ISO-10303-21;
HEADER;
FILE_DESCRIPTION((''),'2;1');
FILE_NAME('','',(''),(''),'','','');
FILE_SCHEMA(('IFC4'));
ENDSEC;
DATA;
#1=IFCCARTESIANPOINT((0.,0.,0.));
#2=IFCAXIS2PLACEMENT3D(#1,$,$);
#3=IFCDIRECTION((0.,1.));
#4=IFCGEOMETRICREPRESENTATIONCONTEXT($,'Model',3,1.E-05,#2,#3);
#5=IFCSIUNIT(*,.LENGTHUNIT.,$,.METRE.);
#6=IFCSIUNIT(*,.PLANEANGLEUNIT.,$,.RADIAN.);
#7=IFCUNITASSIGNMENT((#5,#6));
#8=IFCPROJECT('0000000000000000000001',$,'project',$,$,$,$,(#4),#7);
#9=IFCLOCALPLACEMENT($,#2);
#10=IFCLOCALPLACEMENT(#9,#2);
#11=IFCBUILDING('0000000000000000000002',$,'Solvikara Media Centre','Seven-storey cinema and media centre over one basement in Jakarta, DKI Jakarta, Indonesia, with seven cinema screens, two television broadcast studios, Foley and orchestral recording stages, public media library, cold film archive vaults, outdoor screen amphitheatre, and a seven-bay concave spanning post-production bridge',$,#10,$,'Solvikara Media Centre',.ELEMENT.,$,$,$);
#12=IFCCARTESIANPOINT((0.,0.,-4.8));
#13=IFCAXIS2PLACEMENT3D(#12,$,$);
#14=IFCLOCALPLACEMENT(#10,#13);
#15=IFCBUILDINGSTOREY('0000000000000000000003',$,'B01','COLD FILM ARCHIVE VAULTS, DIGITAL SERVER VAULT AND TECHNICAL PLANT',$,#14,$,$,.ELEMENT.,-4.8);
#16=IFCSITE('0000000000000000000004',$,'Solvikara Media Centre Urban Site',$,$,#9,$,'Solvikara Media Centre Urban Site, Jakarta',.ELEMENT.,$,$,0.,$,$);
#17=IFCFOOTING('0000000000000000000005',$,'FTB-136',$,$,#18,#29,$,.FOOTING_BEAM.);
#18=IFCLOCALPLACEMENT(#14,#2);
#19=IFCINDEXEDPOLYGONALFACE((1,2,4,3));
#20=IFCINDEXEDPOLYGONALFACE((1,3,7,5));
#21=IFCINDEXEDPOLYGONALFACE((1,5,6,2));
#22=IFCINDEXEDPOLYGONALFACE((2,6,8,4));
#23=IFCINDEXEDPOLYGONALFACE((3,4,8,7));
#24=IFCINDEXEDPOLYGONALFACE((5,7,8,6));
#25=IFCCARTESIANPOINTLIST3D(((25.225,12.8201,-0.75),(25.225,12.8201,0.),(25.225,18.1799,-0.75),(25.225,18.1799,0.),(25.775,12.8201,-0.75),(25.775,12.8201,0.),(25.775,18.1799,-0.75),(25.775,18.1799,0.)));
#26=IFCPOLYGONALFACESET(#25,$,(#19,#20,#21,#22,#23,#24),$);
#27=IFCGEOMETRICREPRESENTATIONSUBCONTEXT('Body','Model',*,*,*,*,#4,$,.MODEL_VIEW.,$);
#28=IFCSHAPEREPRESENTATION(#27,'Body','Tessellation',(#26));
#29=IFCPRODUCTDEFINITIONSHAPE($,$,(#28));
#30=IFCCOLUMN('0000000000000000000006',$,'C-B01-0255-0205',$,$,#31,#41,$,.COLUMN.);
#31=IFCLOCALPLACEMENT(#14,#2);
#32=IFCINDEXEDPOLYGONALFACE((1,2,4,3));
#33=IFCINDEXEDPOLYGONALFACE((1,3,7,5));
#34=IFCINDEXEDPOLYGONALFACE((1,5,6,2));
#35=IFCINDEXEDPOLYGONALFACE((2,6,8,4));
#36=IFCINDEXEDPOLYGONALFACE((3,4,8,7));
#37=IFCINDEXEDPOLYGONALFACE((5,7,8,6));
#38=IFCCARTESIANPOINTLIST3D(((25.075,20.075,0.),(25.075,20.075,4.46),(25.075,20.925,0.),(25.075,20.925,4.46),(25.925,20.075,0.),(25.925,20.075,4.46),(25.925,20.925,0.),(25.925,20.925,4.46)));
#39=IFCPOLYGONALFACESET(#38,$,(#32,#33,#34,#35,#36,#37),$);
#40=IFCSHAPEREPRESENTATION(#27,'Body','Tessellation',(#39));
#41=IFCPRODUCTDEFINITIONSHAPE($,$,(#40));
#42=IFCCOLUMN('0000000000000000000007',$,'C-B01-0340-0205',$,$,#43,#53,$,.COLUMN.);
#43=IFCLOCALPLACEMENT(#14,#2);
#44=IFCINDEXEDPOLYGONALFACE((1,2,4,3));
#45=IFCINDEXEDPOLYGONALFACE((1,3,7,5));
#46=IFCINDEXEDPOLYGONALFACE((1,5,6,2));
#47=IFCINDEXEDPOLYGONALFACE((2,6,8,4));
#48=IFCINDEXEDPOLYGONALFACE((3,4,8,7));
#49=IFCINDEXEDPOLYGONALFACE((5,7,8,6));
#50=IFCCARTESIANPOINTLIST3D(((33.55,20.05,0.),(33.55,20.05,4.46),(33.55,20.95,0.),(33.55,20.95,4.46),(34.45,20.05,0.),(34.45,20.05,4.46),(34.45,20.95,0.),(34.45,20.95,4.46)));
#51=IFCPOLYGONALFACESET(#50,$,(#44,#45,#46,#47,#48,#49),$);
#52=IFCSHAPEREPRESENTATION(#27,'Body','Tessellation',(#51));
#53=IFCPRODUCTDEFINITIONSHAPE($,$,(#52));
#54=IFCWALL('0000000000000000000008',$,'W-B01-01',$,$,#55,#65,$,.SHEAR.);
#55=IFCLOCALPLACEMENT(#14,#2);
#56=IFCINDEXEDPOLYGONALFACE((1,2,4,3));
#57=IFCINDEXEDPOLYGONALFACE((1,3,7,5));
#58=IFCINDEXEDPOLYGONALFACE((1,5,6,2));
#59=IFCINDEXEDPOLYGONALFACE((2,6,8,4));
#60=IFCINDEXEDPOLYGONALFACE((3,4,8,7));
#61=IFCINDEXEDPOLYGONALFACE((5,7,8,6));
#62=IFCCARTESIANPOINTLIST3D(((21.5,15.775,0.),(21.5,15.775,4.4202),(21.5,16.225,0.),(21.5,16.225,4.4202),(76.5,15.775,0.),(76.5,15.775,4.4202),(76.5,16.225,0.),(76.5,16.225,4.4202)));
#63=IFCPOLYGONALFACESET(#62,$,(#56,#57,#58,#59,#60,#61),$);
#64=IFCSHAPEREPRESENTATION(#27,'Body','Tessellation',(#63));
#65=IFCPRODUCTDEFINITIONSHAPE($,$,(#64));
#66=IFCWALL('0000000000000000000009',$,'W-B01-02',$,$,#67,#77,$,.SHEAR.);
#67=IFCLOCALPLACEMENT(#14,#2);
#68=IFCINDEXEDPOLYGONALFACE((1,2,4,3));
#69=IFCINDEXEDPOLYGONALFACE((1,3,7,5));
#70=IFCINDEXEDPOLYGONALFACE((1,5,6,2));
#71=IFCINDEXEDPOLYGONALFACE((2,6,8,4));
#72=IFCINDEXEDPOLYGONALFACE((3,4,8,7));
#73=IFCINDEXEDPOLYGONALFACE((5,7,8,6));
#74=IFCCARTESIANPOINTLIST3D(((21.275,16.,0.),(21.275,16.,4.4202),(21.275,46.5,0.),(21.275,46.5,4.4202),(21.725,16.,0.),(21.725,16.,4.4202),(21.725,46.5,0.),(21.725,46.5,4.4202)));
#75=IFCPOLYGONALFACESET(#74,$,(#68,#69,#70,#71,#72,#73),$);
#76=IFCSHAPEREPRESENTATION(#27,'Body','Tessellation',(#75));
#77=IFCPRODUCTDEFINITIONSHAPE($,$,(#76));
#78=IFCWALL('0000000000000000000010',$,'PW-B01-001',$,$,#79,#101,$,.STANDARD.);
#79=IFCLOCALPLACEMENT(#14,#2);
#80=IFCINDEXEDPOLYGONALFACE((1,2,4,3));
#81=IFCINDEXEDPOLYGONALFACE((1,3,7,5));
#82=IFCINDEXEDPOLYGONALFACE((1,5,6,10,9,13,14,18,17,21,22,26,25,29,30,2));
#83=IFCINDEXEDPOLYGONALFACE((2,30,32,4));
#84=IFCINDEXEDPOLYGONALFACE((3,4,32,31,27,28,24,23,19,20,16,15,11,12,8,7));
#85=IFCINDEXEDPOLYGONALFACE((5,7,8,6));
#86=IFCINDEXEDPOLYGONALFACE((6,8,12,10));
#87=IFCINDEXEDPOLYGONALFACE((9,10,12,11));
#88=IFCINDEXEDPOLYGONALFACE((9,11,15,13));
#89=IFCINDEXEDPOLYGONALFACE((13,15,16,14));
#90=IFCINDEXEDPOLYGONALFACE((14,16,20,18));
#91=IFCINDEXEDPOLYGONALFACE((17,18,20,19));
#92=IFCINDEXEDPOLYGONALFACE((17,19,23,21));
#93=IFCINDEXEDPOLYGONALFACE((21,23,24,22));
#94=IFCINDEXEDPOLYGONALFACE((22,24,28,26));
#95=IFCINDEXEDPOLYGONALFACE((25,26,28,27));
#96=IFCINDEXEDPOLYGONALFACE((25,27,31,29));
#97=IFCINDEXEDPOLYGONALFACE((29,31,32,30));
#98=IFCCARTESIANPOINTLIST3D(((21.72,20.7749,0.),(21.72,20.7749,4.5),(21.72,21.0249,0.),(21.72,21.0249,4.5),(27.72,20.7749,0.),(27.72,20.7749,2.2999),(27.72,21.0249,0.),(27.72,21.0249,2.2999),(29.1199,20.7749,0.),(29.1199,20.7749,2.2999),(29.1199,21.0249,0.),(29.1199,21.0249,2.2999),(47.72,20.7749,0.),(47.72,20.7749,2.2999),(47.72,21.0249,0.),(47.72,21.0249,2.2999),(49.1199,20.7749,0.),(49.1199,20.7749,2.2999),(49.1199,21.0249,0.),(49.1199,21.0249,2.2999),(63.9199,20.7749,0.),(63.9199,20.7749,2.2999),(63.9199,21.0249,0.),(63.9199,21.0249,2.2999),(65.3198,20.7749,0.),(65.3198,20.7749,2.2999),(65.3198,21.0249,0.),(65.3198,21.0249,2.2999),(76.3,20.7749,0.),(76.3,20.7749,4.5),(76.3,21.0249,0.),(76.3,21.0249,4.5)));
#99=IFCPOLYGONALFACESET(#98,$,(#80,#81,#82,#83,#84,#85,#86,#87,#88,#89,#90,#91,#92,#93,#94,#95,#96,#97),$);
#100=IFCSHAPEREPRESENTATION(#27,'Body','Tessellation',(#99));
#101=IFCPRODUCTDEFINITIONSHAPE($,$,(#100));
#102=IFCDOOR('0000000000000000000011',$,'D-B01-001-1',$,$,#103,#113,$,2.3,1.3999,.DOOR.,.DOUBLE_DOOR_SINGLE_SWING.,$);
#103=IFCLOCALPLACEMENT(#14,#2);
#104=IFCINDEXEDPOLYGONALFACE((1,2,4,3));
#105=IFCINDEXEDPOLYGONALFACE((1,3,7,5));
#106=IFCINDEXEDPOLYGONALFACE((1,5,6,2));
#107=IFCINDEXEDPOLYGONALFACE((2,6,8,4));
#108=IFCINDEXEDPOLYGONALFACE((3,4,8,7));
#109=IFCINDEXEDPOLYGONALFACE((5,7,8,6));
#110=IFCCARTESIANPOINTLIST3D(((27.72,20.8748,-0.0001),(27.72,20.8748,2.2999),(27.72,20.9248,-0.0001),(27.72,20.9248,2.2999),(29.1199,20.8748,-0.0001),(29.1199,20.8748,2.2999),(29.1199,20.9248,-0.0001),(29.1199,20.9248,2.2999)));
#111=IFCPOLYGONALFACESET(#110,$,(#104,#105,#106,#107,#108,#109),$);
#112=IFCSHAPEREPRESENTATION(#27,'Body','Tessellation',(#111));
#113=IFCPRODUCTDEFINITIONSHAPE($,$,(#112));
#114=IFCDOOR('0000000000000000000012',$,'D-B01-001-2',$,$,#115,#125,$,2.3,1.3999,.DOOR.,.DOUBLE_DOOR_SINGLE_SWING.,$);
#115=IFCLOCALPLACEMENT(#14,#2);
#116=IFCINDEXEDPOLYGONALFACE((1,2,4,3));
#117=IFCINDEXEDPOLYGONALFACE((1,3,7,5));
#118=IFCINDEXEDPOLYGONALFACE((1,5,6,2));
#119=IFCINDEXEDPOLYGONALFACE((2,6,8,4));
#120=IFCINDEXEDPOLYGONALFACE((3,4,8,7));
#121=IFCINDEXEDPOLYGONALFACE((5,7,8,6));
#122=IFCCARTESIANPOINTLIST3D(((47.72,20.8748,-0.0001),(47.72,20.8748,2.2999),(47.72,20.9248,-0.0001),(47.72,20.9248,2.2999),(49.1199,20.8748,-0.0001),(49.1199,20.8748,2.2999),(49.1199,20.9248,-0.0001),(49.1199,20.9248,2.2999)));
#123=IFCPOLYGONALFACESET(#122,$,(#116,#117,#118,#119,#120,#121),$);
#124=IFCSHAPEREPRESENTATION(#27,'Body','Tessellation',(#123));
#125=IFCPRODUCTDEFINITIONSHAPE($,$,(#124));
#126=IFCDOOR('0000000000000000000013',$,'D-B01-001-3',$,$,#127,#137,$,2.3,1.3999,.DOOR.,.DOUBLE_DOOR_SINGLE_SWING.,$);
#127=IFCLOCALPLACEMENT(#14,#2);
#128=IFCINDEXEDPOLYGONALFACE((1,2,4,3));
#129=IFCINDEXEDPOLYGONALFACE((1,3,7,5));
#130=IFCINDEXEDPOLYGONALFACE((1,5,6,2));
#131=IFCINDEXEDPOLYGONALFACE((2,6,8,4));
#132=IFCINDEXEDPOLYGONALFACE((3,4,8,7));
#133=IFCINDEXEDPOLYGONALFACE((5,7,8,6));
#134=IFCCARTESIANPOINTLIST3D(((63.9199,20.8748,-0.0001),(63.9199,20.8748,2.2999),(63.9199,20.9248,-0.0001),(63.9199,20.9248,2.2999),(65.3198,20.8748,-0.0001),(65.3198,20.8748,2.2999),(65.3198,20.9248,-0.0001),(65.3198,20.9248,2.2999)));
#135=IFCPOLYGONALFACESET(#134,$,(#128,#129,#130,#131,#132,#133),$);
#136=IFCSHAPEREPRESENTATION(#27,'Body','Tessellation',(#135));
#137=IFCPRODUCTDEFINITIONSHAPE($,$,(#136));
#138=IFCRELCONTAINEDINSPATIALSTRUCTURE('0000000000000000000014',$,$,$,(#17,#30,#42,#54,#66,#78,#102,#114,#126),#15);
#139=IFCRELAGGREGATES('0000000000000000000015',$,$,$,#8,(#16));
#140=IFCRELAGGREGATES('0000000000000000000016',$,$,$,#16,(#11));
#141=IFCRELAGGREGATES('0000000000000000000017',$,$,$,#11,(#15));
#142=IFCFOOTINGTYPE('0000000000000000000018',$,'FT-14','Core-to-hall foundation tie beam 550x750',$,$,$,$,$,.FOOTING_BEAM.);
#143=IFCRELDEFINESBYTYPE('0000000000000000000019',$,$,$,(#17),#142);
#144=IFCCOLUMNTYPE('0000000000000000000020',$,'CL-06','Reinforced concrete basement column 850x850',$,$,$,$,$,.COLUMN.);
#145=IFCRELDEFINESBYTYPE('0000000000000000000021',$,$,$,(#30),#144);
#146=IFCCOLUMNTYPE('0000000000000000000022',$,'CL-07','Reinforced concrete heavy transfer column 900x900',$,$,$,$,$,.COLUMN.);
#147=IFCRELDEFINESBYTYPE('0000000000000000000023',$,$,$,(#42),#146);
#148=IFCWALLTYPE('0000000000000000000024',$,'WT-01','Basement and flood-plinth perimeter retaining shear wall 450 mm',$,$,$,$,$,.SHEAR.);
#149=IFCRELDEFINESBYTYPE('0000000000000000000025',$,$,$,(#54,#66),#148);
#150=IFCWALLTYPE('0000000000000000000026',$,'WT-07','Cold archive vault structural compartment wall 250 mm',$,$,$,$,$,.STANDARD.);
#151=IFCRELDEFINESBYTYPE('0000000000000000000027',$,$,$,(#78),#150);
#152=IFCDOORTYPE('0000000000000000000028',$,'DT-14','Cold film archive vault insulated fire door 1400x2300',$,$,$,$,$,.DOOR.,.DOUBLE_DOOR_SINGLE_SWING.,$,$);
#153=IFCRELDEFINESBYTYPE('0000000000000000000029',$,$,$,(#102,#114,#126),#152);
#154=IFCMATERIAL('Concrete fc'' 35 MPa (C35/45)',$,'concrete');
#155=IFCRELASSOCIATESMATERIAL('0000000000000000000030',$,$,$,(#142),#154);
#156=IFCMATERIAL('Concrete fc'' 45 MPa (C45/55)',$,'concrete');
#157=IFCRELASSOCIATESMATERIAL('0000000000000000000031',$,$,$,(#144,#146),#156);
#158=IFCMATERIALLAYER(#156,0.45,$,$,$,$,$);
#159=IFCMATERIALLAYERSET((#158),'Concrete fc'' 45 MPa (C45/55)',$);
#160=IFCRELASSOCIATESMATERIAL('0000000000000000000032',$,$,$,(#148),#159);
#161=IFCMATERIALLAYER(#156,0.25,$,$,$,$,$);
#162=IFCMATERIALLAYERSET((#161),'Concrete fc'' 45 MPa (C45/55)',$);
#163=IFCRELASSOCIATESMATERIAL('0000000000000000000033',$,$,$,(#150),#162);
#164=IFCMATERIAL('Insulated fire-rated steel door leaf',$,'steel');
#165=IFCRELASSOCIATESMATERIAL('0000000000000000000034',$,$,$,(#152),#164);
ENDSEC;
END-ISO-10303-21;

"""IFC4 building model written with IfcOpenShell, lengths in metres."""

from ifc_helpers import new_model, si_unit, direction, frame, frame_2d, origin, origin_2d, place, context, subcontext, project, spatial, rectangle, extrude, material, layer, layer_set, material_profile, profile_set, type_object, element, fill, save


model = new_model("IFC4")

# Units and contexts
model_context = context("Model", 3, precision=1e-05, world=origin(), true_north=direction((0.0, 1.0)))
body_context = subcontext(model_context, "Body", "Model", "MODEL_VIEW")
ifc_project = project(units=[si_unit("LENGTHUNIT", "METRE"), si_unit("PLANEANGLEUNIT", "RADIAN")], contexts=[model_context])

# Site, building, storey
site_placement = place(None, origin())
site = spatial("IfcSite", under=ifc_project, at=site_placement, Name="Solvikara Media Centre Urban Site", LongName="Solvikara Media Centre Urban Site, Jakarta", CompositionType="ELEMENT", RefElevation=0.0)
building_placement = place(site_placement, origin())
building = spatial("IfcBuilding", under=site, at=building_placement, Name="Solvikara Media Centre", Description="Seven-storey cinema and media centre over one basement in Jakarta, DKI Jakarta, Indonesia, with seven cinema screens, two television broadcast studios, Foley and orchestral recording stages, public media library, cold film archive vaults, outdoor screen amphitheatre, and a seven-bay concave spanning post-production bridge", LongName="Solvikara Media Centre", CompositionType="ELEMENT")
storey_placement = place(building_placement, frame((0.0, 0.0, -4.8)))
storey = spatial("IfcBuildingStorey", under=building, at=storey_placement, Name="B01", Description="COLD FILM ARCHIVE VAULTS, DIGITAL SERVER VAULT AND TECHNICAL PLANT", CompositionType="ELEMENT", Elevation=-4.8)

# Shared definitions
ifc_material_1 = material(Name="Concrete fc' 35 MPa (C35/45)", Category="concrete")

# Footing
ifc_material_profile_1 = material_profile(ifc_material_1, rectangle(XDim=0.55, YDim=0.75, at=origin_2d()), Name="RC 550x750")
ifc_profile_set_1 = profile_set([ifc_material_profile_1], Name="Concrete fc' 35 MPa (C35/45)")
footing_type_1 = type_object("IfcFootingType", Name="FT-14", Description="Core-to-hall foundation tie beam 550x750", PredefinedType="FOOTING_BEAM", material=ifc_profile_set_1)
footing_1_placement = place(storey_placement, frame((25.5, 12.8201, -0.375), z_axis=(0.0, 1.0, 0.0), x_axis=(-1.0, 0.0, 0.0)))
element("IfcFooting", 1, at=footing_1_placement, inside=storey, type_object=footing_type_1, Name="FTB-136", PredefinedType="FOOTING_BEAM", context=body_context, shape_type="SweptSolid", body=[
    extrude(rectangle(XDim=0.55, YDim=0.75, at=origin_2d()), origin(), (0.0, 0.0, 1.0), 5.3599),
])

# Columns
ifc_material_2 = material(Name="Concrete fc' 45 MPa (C45/55)", Category="concrete")
ifc_material_profile_2 = material_profile(ifc_material_2, rectangle(XDim=0.8501, YDim=0.8501, at=origin_2d()), Name="RC 850x850")
ifc_profile_set_2 = profile_set([ifc_material_profile_2], Name="Concrete fc' 45 MPa (C45/55)")
column_type_1 = type_object("IfcColumnType", Name="CL-06", Description="Reinforced concrete basement column 850x850", PredefinedType="COLUMN", material=ifc_profile_set_2)
column_1_placement = place(storey_placement, frame((25.5, 20.5, 0.0), z_axis=(0.0, 0.0, 1.0), x_axis=(1.0, 0.0, 0.0)))
element("IfcColumn", 2, at=column_1_placement, inside=storey, type_object=column_type_1, Name="C-B01-0255-0205", PredefinedType="COLUMN", context=body_context, shape_type="SweptSolid", body=[
    extrude(rectangle(XDim=0.8501, YDim=0.8501, at=origin_2d()), origin(), (0.0, 0.0, 1.0), 4.46),
])
ifc_material_profile_3 = material_profile(ifc_material_2, rectangle(XDim=0.8999, YDim=0.8999, at=origin_2d()), Name="RC 900x900")
ifc_profile_set_3 = profile_set([ifc_material_profile_3], Name="Concrete fc' 45 MPa (C45/55)")
column_type_2 = type_object("IfcColumnType", Name="CL-07", Description="Reinforced concrete heavy transfer column 900x900", PredefinedType="COLUMN", material=ifc_profile_set_3)
column_2_placement = place(storey_placement, frame((34.0, 20.5, 0.0), z_axis=(0.0, 0.0, 1.0), x_axis=(1.0, 0.0, 0.0)))
element("IfcColumn", 3, at=column_2_placement, inside=storey, type_object=column_type_2, Name="C-B01-0340-0205", PredefinedType="COLUMN", context=body_context, shape_type="SweptSolid", body=[
    extrude(rectangle(XDim=0.8999, YDim=0.8999, at=origin_2d()), origin(), (0.0, 0.0, 1.0), 4.46),
])

# Walls
ifc_layer_1 = layer(ifc_material_2, 0.45)
ifc_layer_set_1 = layer_set([ifc_layer_1], Name="Concrete fc' 45 MPa (C45/55)")
wall_type_1 = type_object("IfcWallType", Name="WT-01", Description="Basement and flood-plinth perimeter retaining shear wall 450 mm", PredefinedType="SHEAR", material=ifc_layer_set_1)
wall_1_placement = place(storey_placement, frame((21.5, 16.0, 0.0), z_axis=(0.0, 0.0, 1.0), x_axis=(1.0, 0.0, 0.0)))
element("IfcWall", 4, at=wall_1_placement, inside=storey, type_object=wall_type_1, Name="W-B01-01", PredefinedType="SHEAR", context=body_context, shape_type="SweptSolid", body=[
    extrude(rectangle(XDim=55.0, YDim=0.45, at=frame_2d((27.5, 0.0))), origin(), (0.0, 0.0, 1.0), 4.4202),
])
wall_2_placement = place(storey_placement, frame((21.5, 16.0, 0.0), z_axis=(0.0, 0.0, 1.0), x_axis=(0.0, 1.0, 0.0)))
element("IfcWall", 5, at=wall_2_placement, inside=storey, type_object=wall_type_1, Name="W-B01-02", PredefinedType="SHEAR", context=body_context, shape_type="SweptSolid", body=[
    extrude(rectangle(XDim=30.5, YDim=0.45, at=frame_2d((15.25, 0.0))), origin(), (0.0, 0.0, 1.0), 4.4202),
])

# Wall, openings, doors
ifc_layer_2 = layer(ifc_material_2, 0.25)
ifc_layer_set_2 = layer_set([ifc_layer_2], Name="Concrete fc' 45 MPa (C45/55)")
wall_type_2 = type_object("IfcWallType", Name="WT-07", Description="Cold archive vault structural compartment wall 250 mm", PredefinedType="STANDARD", material=ifc_layer_set_2)
wall_3_placement = place(storey_placement, frame((21.72, 20.8999, 0.0), z_axis=(0.0, 0.0, 1.0), x_axis=(1.0, 0.0, 0.0)))
wall_3 = element("IfcWall", 6, at=wall_3_placement, inside=storey, type_object=wall_type_2, Name="PW-B01-001", PredefinedType="STANDARD", context=body_context, shape_type="SweptSolid", body=[
    extrude(rectangle(XDim=54.5801, YDim=0.25, at=frame_2d((27.29, 0.0))), origin(), (0.0, 0.0, 1.0), 4.5),
])
opening_1_placement = place(wall_3_placement, frame((6.0, 0.0, 0.0)))
opening_1 = element("IfcOpeningElement", 7, at=opening_1_placement, cuts=wall_3, PredefinedType="OPENING", context=body_context, shape_type="SweptSolid", body=[
    extrude(rectangle(XDim=1.3999, YDim=2.3, at=frame_2d((0.7, 1.1499))), frame((0.0, 0.137, 0.0), z_axis=(0.0, -1.0, 0.0), x_axis=(1.0, 0.0, 0.0)), (0.0, 0.0, 1.0), 0.2739),
])
opening_2_placement = place(wall_3_placement, frame((26.0, 0.0, 0.0)))
opening_2 = element("IfcOpeningElement", 8, at=opening_2_placement, cuts=wall_3, PredefinedType="OPENING", context=body_context, shape_type="SweptSolid", body=[
    extrude(rectangle(XDim=1.3999, YDim=2.3, at=frame_2d((0.7, 1.1499))), frame((0.0, 0.137, 0.0), z_axis=(0.0, -1.0, 0.0), x_axis=(1.0, 0.0, 0.0)), (0.0, 0.0, 1.0), 0.2739),
])
opening_3_placement = place(wall_3_placement, frame((42.2, 0.0, 0.0)))
opening_3 = element("IfcOpeningElement", 9, at=opening_3_placement, cuts=wall_3, PredefinedType="OPENING", context=body_context, shape_type="SweptSolid", body=[
    extrude(rectangle(XDim=1.3999, YDim=2.3, at=frame_2d((0.7, 1.1499))), frame((0.0, 0.137, 0.0), z_axis=(0.0, -1.0, 0.0), x_axis=(1.0, 0.0, 0.0)), (0.0, 0.0, 1.0), 0.2739),
])
ifc_material_3 = material(Name="Insulated fire-rated steel door leaf", Category="steel")
door_type = type_object("IfcDoorType", Name="DT-14", Description="Cold film archive vault insulated fire door 1400x2300", OperationType="DOUBLE_DOOR_SINGLE_SWING", PredefinedType="DOOR", material=ifc_material_3)
door_1_placement = place(opening_1_placement, origin())
door_1 = element("IfcDoor", 10, at=door_1_placement, inside=storey, type_object=door_type, Name="D-B01-001-1", OperationType="DOUBLE_DOOR_SINGLE_SWING", OverallHeight=2.3, OverallWidth=1.3999, PredefinedType="DOOR", context=body_context, shape_type="SweptSolid", body=[
    extrude(rectangle(XDim=1.3999, YDim=2.3, at=frame_2d((0.7, 1.1499))), frame((0.0, 0.0249, 0.0), z_axis=(0.0, -1.0, 0.0), x_axis=(1.0, 0.0, 0.0)), (0.0, 0.0, 1.0), 0.05),
])
fill(opening_1, door_1)
door_2_placement = place(opening_2_placement, origin())
door_2 = element("IfcDoor", 11, at=door_2_placement, inside=storey, type_object=door_type, Name="D-B01-001-2", OperationType="DOUBLE_DOOR_SINGLE_SWING", OverallHeight=2.3, OverallWidth=1.3999, PredefinedType="DOOR", context=body_context, shape_type="SweptSolid", body=[
    extrude(rectangle(XDim=1.3999, YDim=2.3, at=frame_2d((0.7, 1.1499))), frame((0.0, 0.0249, 0.0), z_axis=(0.0, -1.0, 0.0), x_axis=(1.0, 0.0, 0.0)), (0.0, 0.0, 1.0), 0.05),
])
fill(opening_2, door_2)
door_3_placement = place(opening_3_placement, origin())
door_3 = element("IfcDoor", 12, at=door_3_placement, inside=storey, type_object=door_type, Name="D-B01-001-3", OperationType="DOUBLE_DOOR_SINGLE_SWING", OverallHeight=2.3, OverallWidth=1.3999, PredefinedType="DOOR", context=body_context, shape_type="SweptSolid", body=[
    extrude(rectangle(XDim=1.3999, YDim=2.3, at=frame_2d((0.7, 1.1499))), frame((0.0, 0.0249, 0.0), z_axis=(0.0, -1.0, 0.0), x_axis=(1.0, 0.0, 0.0)), (0.0, 0.0, 1.0), 0.05),
])
fill(opening_3, door_3)

save(model, "model.ifc")
